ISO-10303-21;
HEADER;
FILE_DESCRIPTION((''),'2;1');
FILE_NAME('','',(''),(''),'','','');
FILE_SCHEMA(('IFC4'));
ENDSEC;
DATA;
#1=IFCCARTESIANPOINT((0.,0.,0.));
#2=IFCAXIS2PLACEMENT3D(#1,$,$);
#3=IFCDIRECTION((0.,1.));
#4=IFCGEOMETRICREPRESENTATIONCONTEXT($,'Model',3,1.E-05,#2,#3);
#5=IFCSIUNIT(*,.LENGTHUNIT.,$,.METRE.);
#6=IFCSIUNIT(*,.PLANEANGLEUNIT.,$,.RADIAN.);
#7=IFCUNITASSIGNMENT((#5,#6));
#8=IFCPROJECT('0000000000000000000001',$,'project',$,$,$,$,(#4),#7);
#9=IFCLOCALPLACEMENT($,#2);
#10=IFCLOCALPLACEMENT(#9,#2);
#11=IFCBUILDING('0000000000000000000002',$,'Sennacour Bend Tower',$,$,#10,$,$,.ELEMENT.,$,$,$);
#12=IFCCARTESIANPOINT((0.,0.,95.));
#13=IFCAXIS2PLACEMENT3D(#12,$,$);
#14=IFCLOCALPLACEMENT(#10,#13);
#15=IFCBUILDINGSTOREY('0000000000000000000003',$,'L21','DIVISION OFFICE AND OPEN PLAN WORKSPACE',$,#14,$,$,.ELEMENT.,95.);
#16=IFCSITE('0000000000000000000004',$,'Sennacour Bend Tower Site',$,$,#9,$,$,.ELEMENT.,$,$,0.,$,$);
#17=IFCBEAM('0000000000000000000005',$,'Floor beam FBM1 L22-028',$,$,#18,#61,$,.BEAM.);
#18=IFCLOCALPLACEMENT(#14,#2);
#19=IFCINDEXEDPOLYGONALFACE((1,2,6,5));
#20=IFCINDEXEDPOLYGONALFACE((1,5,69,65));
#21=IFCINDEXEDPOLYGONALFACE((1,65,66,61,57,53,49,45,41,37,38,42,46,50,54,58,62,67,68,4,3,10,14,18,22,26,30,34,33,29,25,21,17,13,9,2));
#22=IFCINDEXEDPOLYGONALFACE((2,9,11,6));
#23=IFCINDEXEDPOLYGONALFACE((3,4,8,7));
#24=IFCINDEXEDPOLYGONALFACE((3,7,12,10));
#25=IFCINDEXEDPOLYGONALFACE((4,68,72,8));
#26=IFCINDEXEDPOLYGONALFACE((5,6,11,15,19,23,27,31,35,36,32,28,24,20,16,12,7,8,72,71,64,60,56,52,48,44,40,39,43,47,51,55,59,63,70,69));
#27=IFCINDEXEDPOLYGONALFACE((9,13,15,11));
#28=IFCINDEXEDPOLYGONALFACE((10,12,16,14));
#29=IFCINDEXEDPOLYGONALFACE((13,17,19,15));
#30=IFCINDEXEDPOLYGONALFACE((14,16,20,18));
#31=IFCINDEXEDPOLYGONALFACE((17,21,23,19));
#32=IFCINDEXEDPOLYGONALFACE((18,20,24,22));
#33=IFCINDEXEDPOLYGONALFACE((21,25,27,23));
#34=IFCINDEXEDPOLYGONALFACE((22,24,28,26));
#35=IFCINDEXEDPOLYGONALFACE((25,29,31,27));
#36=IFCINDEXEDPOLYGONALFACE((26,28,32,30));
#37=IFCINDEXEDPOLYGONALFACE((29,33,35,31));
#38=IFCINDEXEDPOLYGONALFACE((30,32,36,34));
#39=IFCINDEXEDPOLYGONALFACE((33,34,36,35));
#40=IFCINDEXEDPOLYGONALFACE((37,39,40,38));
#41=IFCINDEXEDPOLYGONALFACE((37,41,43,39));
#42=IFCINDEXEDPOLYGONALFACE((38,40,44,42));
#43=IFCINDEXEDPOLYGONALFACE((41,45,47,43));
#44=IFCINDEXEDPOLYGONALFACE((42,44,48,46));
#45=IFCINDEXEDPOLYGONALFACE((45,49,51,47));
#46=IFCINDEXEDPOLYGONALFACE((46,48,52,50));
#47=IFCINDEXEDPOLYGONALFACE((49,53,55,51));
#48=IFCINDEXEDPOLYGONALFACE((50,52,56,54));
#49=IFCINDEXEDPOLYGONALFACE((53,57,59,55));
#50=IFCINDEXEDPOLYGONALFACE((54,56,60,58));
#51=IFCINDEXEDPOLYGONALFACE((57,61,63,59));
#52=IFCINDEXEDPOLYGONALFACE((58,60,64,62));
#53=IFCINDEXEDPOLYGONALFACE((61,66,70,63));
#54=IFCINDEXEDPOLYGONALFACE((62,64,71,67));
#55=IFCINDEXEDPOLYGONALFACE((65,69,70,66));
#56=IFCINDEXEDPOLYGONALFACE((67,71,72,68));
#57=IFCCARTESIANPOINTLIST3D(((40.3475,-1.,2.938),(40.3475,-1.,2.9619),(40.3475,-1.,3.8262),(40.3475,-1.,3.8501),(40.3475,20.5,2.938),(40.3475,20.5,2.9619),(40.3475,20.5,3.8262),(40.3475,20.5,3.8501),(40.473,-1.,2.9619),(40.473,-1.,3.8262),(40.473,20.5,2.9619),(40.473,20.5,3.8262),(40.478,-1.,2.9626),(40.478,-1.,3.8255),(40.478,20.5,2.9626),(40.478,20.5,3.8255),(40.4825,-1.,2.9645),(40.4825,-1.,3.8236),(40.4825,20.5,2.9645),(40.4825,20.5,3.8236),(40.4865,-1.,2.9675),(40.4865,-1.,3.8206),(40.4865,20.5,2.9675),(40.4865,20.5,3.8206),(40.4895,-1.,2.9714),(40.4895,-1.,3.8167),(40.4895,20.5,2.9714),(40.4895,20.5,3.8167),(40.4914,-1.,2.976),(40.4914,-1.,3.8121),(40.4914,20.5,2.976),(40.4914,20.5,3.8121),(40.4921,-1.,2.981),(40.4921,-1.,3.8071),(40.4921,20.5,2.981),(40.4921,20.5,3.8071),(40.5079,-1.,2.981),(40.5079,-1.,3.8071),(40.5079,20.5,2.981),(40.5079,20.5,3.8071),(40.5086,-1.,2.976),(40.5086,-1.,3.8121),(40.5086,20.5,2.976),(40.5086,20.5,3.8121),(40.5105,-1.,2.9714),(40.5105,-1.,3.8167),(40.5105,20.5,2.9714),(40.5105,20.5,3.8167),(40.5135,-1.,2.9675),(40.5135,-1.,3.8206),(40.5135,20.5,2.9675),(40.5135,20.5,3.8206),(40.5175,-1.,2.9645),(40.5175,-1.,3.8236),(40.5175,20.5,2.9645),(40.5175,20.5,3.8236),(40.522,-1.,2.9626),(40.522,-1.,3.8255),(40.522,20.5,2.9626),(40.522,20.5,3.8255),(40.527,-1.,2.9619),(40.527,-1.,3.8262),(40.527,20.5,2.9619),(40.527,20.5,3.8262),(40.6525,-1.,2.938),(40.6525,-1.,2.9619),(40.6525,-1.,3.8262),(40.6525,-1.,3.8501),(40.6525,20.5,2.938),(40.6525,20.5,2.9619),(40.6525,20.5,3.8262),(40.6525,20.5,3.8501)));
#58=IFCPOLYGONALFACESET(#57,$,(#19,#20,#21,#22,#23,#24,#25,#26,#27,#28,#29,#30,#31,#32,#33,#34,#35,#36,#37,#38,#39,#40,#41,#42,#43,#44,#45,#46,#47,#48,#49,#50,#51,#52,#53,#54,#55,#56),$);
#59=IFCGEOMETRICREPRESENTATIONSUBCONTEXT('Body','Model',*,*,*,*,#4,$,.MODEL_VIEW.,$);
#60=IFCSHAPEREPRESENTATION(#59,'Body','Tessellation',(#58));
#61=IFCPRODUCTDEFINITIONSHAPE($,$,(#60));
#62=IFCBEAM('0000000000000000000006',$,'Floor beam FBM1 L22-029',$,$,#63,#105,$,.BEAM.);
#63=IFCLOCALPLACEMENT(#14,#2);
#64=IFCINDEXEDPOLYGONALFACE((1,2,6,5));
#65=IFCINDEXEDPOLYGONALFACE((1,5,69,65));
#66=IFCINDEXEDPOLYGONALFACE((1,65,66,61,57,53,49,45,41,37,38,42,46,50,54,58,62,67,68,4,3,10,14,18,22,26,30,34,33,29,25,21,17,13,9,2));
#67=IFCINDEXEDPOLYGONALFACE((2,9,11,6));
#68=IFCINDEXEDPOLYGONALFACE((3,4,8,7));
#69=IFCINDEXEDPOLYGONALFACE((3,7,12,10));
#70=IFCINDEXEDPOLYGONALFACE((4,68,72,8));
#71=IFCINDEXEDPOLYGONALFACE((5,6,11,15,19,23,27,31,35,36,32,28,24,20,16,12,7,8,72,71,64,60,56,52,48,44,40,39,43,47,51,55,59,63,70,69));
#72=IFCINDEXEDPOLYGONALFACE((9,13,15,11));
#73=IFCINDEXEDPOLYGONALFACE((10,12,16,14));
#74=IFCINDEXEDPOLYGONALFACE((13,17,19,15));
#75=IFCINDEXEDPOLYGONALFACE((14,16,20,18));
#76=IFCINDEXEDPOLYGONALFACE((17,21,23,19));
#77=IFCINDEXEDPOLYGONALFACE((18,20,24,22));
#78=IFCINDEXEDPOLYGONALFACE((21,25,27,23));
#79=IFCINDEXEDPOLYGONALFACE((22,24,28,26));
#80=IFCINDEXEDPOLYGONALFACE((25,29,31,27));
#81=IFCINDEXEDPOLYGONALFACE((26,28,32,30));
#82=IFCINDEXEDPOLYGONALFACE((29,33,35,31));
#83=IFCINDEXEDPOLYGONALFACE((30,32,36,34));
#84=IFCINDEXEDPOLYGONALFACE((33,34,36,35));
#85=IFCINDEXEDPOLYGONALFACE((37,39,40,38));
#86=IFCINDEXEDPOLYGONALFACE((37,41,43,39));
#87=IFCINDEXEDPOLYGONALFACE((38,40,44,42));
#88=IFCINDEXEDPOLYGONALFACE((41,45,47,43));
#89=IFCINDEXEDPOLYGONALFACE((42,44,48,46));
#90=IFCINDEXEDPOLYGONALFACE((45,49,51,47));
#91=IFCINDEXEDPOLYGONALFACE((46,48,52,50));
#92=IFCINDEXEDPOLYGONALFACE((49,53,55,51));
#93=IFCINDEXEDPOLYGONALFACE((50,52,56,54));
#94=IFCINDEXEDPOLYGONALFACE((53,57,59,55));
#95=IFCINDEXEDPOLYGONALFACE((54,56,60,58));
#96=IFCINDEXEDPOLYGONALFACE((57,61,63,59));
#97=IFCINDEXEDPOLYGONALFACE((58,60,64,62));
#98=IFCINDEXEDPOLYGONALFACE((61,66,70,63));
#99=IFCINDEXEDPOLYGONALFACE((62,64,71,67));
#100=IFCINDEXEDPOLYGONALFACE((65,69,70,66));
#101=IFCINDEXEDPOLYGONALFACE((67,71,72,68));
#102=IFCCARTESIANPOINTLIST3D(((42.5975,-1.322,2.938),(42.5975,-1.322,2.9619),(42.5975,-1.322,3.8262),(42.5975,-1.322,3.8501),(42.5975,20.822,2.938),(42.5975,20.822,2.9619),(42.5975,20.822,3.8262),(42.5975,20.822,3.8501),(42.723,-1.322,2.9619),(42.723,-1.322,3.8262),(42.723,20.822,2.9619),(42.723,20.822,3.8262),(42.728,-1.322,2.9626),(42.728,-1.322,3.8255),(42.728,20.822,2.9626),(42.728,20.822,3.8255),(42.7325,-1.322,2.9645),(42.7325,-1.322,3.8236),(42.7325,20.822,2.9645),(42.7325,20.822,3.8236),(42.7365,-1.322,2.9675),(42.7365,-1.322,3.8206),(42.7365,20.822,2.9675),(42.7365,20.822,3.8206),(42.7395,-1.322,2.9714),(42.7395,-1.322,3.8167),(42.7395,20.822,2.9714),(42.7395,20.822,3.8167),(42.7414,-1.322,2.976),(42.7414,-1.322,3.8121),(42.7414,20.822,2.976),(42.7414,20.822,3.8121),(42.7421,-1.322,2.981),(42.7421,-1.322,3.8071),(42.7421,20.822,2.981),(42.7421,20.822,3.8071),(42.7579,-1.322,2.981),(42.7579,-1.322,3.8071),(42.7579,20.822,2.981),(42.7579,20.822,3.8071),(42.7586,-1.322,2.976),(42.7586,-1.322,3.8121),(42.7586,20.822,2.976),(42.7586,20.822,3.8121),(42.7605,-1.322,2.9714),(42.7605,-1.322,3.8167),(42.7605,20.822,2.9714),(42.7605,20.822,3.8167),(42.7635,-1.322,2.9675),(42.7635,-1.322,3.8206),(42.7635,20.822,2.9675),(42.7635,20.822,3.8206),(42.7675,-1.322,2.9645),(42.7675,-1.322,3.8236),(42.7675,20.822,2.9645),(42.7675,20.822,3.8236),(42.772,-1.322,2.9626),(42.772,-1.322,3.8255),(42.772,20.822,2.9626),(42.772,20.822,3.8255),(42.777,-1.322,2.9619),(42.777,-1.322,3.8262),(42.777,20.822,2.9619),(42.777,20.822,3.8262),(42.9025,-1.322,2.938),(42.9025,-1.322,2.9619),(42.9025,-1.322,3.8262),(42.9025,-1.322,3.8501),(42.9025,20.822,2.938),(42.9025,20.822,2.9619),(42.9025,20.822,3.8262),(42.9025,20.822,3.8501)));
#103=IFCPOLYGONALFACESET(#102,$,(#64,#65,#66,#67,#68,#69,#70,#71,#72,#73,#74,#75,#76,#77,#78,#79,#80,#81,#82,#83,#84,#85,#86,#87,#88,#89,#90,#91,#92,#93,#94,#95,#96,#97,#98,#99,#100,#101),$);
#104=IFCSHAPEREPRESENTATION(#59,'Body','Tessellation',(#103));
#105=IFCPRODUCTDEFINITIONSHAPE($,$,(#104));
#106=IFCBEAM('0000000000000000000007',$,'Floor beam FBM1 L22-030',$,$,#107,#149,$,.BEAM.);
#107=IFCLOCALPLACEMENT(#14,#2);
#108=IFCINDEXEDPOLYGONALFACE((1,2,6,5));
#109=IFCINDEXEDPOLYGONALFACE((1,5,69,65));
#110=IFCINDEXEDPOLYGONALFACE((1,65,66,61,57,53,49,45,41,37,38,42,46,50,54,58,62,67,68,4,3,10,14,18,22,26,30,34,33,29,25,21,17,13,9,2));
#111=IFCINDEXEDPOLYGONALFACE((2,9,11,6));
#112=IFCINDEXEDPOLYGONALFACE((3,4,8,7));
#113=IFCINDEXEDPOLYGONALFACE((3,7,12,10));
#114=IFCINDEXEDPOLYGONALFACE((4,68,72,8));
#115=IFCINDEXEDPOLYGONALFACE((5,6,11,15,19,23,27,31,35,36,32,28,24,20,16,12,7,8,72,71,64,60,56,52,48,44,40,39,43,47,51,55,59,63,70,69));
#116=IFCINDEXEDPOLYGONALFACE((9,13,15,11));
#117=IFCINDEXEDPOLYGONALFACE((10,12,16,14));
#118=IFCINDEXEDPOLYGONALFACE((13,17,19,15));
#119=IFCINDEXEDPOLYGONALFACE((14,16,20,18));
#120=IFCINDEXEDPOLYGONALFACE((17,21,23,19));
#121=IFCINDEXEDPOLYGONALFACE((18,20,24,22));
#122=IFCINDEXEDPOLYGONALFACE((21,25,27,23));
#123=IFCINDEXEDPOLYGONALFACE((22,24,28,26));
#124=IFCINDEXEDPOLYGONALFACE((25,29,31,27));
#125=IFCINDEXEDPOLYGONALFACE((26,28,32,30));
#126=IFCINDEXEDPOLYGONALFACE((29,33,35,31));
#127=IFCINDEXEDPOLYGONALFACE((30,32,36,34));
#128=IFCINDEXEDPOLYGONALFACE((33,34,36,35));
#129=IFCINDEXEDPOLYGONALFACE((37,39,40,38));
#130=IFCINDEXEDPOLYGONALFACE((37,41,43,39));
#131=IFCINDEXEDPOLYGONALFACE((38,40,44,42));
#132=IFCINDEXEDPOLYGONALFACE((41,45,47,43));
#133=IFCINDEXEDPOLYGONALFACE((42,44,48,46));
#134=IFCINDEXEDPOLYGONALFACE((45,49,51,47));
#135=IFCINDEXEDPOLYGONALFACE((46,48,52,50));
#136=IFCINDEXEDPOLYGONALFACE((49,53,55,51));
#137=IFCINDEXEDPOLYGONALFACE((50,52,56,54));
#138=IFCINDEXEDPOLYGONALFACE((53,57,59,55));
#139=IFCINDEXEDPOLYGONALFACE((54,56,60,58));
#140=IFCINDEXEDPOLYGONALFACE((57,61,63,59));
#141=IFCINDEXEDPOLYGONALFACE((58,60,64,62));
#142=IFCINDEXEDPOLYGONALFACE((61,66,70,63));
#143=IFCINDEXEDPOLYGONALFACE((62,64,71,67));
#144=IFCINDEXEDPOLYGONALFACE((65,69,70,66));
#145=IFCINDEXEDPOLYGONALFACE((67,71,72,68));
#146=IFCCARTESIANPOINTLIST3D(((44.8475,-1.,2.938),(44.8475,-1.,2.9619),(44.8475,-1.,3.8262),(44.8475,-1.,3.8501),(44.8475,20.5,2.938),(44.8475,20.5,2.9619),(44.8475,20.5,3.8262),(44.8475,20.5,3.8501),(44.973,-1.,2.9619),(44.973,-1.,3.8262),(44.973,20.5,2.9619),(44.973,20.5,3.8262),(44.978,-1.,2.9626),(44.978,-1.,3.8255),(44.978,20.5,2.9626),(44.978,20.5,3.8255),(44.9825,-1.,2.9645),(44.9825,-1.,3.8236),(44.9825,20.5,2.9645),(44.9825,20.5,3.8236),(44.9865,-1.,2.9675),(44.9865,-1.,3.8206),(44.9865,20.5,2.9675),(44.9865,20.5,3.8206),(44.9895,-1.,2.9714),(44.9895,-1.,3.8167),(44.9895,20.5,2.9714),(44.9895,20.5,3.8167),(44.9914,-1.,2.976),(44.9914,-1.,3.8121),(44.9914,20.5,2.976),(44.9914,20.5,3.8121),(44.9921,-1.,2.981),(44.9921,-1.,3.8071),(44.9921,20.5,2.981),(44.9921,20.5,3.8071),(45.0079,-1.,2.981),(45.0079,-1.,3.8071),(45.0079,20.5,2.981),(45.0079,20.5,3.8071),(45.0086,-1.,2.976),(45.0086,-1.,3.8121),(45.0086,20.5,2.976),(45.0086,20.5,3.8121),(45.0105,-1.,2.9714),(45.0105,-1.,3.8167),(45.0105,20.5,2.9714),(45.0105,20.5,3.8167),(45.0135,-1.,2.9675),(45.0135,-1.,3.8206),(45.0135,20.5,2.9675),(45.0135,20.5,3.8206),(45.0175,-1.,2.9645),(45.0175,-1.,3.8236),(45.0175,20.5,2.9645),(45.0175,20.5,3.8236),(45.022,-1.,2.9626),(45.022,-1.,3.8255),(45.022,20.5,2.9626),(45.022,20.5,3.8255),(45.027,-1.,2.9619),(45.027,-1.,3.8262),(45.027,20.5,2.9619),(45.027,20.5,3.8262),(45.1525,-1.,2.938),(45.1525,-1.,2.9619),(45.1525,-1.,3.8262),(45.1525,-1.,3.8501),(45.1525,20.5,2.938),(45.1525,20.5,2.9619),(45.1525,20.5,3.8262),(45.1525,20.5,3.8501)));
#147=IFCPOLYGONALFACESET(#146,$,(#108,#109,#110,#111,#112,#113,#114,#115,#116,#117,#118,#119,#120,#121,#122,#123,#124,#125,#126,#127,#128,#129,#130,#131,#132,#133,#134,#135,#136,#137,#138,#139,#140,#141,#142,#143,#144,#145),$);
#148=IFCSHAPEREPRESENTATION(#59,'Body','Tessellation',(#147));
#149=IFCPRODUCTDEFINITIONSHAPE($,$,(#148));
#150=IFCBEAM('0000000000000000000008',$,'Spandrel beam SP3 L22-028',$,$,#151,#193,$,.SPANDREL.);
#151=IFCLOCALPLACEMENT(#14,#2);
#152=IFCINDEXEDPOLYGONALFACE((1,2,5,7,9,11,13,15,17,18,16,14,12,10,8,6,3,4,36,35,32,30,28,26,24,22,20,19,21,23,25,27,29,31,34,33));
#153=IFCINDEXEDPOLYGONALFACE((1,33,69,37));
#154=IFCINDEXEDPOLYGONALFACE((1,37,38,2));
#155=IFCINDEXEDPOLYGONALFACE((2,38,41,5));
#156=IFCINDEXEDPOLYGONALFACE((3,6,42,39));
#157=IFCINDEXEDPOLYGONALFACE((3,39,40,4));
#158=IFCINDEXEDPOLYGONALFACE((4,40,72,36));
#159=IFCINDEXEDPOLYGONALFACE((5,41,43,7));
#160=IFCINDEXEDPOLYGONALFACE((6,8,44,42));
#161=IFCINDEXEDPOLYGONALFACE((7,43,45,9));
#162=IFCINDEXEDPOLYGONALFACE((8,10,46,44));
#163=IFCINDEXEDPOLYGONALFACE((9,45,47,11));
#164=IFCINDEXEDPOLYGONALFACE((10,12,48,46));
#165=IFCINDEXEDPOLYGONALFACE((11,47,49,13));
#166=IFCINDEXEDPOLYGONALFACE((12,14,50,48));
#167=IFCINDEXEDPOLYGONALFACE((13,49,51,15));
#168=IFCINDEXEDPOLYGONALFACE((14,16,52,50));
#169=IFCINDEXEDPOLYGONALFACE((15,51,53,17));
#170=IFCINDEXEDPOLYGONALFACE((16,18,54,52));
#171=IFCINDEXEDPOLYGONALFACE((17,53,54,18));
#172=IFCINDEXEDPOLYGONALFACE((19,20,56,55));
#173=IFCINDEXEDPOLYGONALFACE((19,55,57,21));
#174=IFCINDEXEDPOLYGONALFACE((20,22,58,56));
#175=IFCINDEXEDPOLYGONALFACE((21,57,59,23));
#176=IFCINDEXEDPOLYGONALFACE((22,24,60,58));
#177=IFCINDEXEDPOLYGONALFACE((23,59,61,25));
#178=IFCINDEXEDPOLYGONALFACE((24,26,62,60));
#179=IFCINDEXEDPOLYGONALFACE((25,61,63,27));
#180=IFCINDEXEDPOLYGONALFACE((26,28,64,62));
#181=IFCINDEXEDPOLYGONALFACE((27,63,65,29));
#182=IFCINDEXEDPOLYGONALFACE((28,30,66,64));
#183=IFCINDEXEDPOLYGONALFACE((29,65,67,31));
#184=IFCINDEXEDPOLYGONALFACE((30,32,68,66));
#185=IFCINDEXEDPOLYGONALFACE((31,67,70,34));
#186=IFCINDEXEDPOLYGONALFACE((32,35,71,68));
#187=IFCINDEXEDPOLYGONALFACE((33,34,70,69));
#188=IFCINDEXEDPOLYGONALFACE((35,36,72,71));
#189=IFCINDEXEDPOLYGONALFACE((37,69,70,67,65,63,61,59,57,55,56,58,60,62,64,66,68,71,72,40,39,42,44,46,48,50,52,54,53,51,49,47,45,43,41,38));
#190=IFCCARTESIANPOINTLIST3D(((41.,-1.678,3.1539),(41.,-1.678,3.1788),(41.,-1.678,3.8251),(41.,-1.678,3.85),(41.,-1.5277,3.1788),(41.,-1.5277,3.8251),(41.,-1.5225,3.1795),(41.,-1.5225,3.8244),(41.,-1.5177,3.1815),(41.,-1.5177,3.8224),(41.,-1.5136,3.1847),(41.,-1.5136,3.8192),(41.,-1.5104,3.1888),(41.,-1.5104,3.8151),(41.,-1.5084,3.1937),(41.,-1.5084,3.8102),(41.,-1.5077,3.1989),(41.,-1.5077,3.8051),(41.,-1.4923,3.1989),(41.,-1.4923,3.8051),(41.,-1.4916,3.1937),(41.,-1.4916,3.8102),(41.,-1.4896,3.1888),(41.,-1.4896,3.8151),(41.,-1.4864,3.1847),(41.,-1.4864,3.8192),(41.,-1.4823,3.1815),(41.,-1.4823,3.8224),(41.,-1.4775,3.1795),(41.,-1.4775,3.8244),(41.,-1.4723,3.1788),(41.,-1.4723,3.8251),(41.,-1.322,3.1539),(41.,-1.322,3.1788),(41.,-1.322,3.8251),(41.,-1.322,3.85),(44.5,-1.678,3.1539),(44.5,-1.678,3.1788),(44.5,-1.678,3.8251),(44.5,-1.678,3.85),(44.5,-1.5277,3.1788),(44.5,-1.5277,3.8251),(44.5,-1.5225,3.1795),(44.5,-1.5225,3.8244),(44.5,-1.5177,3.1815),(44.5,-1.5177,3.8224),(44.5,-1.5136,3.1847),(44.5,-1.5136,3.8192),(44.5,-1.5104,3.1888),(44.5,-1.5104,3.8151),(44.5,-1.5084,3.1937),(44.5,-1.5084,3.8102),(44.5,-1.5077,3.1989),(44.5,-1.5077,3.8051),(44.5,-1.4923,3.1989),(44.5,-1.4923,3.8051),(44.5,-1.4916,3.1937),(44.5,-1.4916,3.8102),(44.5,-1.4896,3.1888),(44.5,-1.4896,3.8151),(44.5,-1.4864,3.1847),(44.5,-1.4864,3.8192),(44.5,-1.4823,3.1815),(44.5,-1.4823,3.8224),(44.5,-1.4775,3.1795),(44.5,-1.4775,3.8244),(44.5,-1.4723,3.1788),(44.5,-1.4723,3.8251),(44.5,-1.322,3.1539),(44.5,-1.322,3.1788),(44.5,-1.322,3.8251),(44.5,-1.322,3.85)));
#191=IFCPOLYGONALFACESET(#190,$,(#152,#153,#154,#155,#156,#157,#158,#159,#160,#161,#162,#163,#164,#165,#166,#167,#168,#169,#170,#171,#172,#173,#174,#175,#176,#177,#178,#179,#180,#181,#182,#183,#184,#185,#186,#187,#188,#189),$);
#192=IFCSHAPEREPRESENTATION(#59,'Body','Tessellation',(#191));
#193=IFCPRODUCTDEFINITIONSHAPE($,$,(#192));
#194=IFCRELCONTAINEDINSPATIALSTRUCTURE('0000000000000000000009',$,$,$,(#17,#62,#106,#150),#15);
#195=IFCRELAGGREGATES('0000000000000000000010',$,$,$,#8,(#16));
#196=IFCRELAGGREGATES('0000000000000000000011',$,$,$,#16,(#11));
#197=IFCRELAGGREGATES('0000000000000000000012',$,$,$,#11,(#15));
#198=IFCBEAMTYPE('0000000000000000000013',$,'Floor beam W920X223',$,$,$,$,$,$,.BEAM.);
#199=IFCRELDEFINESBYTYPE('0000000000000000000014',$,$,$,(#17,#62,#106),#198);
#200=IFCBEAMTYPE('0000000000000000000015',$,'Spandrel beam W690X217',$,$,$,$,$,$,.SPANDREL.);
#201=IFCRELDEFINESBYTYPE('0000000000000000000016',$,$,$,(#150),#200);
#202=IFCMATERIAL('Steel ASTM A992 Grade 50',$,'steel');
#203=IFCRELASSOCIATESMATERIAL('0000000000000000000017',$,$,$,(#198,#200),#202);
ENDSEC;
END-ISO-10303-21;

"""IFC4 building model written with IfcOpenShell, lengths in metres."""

from ifc_helpers import new_model, si_unit, direction, frame, origin, origin_2d, place, context, subcontext, project, spatial, i_section, extrude, material, material_profile, profile_set, type_object, element, save


model = new_model("IFC4")

# Units and contexts
model_context = context("Model", 3, precision=1e-05, world=origin(), true_north=direction((0.0, 1.0)))
body_context = subcontext(model_context, "Body", "Model", "MODEL_VIEW")
ifc_project = project(units=[si_unit("LENGTHUNIT", "METRE"), si_unit("PLANEANGLEUNIT", "RADIAN")], contexts=[model_context])

# Site, building, storey
site_placement = place(None, origin())
site = spatial("IfcSite", under=ifc_project, at=site_placement, Name="Sennacour Bend Tower Site", CompositionType="ELEMENT", RefElevation=0.0)
building_placement = place(site_placement, origin())
building = spatial("IfcBuilding", under=site, at=building_placement, Name="Sennacour Bend Tower", CompositionType="ELEMENT")
storey_placement = place(building_placement, frame((0.0, 0.0, 95.0)))
storey = spatial("IfcBuildingStorey", under=building, at=storey_placement, Name="L21", Description="DIVISION OFFICE AND OPEN PLAN WORKSPACE", CompositionType="ELEMENT", Elevation=95.0)

# Beams
ifc_material_1 = material(Name="Steel ASTM A992 Grade 50", Category="steel")
ifc_material_profile_1 = material_profile(ifc_material_1, i_section(OverallWidth=0.3049, OverallDepth=0.9121, WebThickness=0.0159, FlangeThickness=0.0239, FilletRadius=0.019, at=origin_2d()), Name="Steel ASTM A992 Grade 50", Category="steel")
ifc_profile_set_1 = profile_set([ifc_material_profile_1], Name="Steel ASTM A992 Grade 50")
beam_type_1 = type_object("IfcBeamType", Name="Floor beam W920X223", PredefinedType="BEAM", material=ifc_profile_set_1)
beam_1_placement = place(storey_placement, frame((40.5, -1.0, 3.394), z_axis=(0.0, 1.0, 0.0), x_axis=(-1.0, 0.0, 0.0)))
element("IfcBeam", 1, at=beam_1_placement, inside=storey, type_object=beam_type_1, Name="Floor beam FBM1 L22-028", PredefinedType="BEAM", context=body_context, shape_type="SweptSolid", body=[
    extrude(i_section(OverallWidth=0.3049, OverallDepth=0.9121, WebThickness=0.0159, FlangeThickness=0.0239, FilletRadius=0.019, at=origin_2d()), origin(), (0.0, 0.0, 1.0), 21.5),
])
beam_2_placement = place(storey_placement, frame((42.75, -1.322, 3.394), z_axis=(0.0, 1.0, 0.0), x_axis=(-1.0, 0.0, 0.0)))
element("IfcBeam", 2, at=beam_2_placement, inside=storey, type_object=beam_type_1, Name="Floor beam FBM1 L22-029", PredefinedType="BEAM", context=body_context, shape_type="SweptSolid", body=[
    extrude(i_section(OverallWidth=0.3049, OverallDepth=0.9121, WebThickness=0.0159, FlangeThickness=0.0239, FilletRadius=0.019, at=origin_2d()), origin(), (0.0, 0.0, 1.0), 22.144),
])
beam_3_placement = place(storey_placement, frame((45.0, -1.0, 3.394), z_axis=(0.0, 1.0, 0.0), x_axis=(-1.0, 0.0, 0.0)))
element("IfcBeam", 3, at=beam_3_placement, inside=storey, type_object=beam_type_1, Name="Floor beam FBM1 L22-030", PredefinedType="BEAM", context=body_context, shape_type="SweptSolid", body=[
    extrude(i_section(OverallWidth=0.3049, OverallDepth=0.9121, WebThickness=0.0159, FlangeThickness=0.0239, FilletRadius=0.019, at=origin_2d()), origin(), (0.0, 0.0, 1.0), 21.5),
])
ifc_material_profile_2 = material_profile(ifc_material_1, i_section(OverallWidth=0.356, OverallDepth=0.696, WebThickness=0.0154, FlangeThickness=0.0249, FilletRadius=0.02, at=origin_2d()), Name="Steel ASTM A992 Grade 50", Category="steel")
ifc_profile_set_2 = profile_set([ifc_material_profile_2], Name="Steel ASTM A992 Grade 50")
beam_type_2 = type_object("IfcBeamType", Name="Spandrel beam W690X217", PredefinedType="SPANDREL", material=ifc_profile_set_2)
for number, where, z_axis, x_axis, name in (
    (4, (44.5, -1.5, 3.502), (-1.0, 0.0, 0.0), (0.0, -1.0, 0.0), "Spandrel beam SP3 L22-028"),
):
    element("IfcBeam", number, at=place(storey_placement, frame(where, z_axis=z_axis, x_axis=x_axis)), inside=storey, type_object=beam_type_2, Name=name, PredefinedType="SPANDREL", context=body_context, shape_type="SweptSolid", body=[
        extrude(i_section(OverallWidth=0.356, OverallDepth=0.696, WebThickness=0.0154, FlangeThickness=0.0249, FilletRadius=0.02, at=origin_2d()), origin(), (0.0, 0.0, 1.0), 3.5),
    ])

save(model, "model.ifc")
